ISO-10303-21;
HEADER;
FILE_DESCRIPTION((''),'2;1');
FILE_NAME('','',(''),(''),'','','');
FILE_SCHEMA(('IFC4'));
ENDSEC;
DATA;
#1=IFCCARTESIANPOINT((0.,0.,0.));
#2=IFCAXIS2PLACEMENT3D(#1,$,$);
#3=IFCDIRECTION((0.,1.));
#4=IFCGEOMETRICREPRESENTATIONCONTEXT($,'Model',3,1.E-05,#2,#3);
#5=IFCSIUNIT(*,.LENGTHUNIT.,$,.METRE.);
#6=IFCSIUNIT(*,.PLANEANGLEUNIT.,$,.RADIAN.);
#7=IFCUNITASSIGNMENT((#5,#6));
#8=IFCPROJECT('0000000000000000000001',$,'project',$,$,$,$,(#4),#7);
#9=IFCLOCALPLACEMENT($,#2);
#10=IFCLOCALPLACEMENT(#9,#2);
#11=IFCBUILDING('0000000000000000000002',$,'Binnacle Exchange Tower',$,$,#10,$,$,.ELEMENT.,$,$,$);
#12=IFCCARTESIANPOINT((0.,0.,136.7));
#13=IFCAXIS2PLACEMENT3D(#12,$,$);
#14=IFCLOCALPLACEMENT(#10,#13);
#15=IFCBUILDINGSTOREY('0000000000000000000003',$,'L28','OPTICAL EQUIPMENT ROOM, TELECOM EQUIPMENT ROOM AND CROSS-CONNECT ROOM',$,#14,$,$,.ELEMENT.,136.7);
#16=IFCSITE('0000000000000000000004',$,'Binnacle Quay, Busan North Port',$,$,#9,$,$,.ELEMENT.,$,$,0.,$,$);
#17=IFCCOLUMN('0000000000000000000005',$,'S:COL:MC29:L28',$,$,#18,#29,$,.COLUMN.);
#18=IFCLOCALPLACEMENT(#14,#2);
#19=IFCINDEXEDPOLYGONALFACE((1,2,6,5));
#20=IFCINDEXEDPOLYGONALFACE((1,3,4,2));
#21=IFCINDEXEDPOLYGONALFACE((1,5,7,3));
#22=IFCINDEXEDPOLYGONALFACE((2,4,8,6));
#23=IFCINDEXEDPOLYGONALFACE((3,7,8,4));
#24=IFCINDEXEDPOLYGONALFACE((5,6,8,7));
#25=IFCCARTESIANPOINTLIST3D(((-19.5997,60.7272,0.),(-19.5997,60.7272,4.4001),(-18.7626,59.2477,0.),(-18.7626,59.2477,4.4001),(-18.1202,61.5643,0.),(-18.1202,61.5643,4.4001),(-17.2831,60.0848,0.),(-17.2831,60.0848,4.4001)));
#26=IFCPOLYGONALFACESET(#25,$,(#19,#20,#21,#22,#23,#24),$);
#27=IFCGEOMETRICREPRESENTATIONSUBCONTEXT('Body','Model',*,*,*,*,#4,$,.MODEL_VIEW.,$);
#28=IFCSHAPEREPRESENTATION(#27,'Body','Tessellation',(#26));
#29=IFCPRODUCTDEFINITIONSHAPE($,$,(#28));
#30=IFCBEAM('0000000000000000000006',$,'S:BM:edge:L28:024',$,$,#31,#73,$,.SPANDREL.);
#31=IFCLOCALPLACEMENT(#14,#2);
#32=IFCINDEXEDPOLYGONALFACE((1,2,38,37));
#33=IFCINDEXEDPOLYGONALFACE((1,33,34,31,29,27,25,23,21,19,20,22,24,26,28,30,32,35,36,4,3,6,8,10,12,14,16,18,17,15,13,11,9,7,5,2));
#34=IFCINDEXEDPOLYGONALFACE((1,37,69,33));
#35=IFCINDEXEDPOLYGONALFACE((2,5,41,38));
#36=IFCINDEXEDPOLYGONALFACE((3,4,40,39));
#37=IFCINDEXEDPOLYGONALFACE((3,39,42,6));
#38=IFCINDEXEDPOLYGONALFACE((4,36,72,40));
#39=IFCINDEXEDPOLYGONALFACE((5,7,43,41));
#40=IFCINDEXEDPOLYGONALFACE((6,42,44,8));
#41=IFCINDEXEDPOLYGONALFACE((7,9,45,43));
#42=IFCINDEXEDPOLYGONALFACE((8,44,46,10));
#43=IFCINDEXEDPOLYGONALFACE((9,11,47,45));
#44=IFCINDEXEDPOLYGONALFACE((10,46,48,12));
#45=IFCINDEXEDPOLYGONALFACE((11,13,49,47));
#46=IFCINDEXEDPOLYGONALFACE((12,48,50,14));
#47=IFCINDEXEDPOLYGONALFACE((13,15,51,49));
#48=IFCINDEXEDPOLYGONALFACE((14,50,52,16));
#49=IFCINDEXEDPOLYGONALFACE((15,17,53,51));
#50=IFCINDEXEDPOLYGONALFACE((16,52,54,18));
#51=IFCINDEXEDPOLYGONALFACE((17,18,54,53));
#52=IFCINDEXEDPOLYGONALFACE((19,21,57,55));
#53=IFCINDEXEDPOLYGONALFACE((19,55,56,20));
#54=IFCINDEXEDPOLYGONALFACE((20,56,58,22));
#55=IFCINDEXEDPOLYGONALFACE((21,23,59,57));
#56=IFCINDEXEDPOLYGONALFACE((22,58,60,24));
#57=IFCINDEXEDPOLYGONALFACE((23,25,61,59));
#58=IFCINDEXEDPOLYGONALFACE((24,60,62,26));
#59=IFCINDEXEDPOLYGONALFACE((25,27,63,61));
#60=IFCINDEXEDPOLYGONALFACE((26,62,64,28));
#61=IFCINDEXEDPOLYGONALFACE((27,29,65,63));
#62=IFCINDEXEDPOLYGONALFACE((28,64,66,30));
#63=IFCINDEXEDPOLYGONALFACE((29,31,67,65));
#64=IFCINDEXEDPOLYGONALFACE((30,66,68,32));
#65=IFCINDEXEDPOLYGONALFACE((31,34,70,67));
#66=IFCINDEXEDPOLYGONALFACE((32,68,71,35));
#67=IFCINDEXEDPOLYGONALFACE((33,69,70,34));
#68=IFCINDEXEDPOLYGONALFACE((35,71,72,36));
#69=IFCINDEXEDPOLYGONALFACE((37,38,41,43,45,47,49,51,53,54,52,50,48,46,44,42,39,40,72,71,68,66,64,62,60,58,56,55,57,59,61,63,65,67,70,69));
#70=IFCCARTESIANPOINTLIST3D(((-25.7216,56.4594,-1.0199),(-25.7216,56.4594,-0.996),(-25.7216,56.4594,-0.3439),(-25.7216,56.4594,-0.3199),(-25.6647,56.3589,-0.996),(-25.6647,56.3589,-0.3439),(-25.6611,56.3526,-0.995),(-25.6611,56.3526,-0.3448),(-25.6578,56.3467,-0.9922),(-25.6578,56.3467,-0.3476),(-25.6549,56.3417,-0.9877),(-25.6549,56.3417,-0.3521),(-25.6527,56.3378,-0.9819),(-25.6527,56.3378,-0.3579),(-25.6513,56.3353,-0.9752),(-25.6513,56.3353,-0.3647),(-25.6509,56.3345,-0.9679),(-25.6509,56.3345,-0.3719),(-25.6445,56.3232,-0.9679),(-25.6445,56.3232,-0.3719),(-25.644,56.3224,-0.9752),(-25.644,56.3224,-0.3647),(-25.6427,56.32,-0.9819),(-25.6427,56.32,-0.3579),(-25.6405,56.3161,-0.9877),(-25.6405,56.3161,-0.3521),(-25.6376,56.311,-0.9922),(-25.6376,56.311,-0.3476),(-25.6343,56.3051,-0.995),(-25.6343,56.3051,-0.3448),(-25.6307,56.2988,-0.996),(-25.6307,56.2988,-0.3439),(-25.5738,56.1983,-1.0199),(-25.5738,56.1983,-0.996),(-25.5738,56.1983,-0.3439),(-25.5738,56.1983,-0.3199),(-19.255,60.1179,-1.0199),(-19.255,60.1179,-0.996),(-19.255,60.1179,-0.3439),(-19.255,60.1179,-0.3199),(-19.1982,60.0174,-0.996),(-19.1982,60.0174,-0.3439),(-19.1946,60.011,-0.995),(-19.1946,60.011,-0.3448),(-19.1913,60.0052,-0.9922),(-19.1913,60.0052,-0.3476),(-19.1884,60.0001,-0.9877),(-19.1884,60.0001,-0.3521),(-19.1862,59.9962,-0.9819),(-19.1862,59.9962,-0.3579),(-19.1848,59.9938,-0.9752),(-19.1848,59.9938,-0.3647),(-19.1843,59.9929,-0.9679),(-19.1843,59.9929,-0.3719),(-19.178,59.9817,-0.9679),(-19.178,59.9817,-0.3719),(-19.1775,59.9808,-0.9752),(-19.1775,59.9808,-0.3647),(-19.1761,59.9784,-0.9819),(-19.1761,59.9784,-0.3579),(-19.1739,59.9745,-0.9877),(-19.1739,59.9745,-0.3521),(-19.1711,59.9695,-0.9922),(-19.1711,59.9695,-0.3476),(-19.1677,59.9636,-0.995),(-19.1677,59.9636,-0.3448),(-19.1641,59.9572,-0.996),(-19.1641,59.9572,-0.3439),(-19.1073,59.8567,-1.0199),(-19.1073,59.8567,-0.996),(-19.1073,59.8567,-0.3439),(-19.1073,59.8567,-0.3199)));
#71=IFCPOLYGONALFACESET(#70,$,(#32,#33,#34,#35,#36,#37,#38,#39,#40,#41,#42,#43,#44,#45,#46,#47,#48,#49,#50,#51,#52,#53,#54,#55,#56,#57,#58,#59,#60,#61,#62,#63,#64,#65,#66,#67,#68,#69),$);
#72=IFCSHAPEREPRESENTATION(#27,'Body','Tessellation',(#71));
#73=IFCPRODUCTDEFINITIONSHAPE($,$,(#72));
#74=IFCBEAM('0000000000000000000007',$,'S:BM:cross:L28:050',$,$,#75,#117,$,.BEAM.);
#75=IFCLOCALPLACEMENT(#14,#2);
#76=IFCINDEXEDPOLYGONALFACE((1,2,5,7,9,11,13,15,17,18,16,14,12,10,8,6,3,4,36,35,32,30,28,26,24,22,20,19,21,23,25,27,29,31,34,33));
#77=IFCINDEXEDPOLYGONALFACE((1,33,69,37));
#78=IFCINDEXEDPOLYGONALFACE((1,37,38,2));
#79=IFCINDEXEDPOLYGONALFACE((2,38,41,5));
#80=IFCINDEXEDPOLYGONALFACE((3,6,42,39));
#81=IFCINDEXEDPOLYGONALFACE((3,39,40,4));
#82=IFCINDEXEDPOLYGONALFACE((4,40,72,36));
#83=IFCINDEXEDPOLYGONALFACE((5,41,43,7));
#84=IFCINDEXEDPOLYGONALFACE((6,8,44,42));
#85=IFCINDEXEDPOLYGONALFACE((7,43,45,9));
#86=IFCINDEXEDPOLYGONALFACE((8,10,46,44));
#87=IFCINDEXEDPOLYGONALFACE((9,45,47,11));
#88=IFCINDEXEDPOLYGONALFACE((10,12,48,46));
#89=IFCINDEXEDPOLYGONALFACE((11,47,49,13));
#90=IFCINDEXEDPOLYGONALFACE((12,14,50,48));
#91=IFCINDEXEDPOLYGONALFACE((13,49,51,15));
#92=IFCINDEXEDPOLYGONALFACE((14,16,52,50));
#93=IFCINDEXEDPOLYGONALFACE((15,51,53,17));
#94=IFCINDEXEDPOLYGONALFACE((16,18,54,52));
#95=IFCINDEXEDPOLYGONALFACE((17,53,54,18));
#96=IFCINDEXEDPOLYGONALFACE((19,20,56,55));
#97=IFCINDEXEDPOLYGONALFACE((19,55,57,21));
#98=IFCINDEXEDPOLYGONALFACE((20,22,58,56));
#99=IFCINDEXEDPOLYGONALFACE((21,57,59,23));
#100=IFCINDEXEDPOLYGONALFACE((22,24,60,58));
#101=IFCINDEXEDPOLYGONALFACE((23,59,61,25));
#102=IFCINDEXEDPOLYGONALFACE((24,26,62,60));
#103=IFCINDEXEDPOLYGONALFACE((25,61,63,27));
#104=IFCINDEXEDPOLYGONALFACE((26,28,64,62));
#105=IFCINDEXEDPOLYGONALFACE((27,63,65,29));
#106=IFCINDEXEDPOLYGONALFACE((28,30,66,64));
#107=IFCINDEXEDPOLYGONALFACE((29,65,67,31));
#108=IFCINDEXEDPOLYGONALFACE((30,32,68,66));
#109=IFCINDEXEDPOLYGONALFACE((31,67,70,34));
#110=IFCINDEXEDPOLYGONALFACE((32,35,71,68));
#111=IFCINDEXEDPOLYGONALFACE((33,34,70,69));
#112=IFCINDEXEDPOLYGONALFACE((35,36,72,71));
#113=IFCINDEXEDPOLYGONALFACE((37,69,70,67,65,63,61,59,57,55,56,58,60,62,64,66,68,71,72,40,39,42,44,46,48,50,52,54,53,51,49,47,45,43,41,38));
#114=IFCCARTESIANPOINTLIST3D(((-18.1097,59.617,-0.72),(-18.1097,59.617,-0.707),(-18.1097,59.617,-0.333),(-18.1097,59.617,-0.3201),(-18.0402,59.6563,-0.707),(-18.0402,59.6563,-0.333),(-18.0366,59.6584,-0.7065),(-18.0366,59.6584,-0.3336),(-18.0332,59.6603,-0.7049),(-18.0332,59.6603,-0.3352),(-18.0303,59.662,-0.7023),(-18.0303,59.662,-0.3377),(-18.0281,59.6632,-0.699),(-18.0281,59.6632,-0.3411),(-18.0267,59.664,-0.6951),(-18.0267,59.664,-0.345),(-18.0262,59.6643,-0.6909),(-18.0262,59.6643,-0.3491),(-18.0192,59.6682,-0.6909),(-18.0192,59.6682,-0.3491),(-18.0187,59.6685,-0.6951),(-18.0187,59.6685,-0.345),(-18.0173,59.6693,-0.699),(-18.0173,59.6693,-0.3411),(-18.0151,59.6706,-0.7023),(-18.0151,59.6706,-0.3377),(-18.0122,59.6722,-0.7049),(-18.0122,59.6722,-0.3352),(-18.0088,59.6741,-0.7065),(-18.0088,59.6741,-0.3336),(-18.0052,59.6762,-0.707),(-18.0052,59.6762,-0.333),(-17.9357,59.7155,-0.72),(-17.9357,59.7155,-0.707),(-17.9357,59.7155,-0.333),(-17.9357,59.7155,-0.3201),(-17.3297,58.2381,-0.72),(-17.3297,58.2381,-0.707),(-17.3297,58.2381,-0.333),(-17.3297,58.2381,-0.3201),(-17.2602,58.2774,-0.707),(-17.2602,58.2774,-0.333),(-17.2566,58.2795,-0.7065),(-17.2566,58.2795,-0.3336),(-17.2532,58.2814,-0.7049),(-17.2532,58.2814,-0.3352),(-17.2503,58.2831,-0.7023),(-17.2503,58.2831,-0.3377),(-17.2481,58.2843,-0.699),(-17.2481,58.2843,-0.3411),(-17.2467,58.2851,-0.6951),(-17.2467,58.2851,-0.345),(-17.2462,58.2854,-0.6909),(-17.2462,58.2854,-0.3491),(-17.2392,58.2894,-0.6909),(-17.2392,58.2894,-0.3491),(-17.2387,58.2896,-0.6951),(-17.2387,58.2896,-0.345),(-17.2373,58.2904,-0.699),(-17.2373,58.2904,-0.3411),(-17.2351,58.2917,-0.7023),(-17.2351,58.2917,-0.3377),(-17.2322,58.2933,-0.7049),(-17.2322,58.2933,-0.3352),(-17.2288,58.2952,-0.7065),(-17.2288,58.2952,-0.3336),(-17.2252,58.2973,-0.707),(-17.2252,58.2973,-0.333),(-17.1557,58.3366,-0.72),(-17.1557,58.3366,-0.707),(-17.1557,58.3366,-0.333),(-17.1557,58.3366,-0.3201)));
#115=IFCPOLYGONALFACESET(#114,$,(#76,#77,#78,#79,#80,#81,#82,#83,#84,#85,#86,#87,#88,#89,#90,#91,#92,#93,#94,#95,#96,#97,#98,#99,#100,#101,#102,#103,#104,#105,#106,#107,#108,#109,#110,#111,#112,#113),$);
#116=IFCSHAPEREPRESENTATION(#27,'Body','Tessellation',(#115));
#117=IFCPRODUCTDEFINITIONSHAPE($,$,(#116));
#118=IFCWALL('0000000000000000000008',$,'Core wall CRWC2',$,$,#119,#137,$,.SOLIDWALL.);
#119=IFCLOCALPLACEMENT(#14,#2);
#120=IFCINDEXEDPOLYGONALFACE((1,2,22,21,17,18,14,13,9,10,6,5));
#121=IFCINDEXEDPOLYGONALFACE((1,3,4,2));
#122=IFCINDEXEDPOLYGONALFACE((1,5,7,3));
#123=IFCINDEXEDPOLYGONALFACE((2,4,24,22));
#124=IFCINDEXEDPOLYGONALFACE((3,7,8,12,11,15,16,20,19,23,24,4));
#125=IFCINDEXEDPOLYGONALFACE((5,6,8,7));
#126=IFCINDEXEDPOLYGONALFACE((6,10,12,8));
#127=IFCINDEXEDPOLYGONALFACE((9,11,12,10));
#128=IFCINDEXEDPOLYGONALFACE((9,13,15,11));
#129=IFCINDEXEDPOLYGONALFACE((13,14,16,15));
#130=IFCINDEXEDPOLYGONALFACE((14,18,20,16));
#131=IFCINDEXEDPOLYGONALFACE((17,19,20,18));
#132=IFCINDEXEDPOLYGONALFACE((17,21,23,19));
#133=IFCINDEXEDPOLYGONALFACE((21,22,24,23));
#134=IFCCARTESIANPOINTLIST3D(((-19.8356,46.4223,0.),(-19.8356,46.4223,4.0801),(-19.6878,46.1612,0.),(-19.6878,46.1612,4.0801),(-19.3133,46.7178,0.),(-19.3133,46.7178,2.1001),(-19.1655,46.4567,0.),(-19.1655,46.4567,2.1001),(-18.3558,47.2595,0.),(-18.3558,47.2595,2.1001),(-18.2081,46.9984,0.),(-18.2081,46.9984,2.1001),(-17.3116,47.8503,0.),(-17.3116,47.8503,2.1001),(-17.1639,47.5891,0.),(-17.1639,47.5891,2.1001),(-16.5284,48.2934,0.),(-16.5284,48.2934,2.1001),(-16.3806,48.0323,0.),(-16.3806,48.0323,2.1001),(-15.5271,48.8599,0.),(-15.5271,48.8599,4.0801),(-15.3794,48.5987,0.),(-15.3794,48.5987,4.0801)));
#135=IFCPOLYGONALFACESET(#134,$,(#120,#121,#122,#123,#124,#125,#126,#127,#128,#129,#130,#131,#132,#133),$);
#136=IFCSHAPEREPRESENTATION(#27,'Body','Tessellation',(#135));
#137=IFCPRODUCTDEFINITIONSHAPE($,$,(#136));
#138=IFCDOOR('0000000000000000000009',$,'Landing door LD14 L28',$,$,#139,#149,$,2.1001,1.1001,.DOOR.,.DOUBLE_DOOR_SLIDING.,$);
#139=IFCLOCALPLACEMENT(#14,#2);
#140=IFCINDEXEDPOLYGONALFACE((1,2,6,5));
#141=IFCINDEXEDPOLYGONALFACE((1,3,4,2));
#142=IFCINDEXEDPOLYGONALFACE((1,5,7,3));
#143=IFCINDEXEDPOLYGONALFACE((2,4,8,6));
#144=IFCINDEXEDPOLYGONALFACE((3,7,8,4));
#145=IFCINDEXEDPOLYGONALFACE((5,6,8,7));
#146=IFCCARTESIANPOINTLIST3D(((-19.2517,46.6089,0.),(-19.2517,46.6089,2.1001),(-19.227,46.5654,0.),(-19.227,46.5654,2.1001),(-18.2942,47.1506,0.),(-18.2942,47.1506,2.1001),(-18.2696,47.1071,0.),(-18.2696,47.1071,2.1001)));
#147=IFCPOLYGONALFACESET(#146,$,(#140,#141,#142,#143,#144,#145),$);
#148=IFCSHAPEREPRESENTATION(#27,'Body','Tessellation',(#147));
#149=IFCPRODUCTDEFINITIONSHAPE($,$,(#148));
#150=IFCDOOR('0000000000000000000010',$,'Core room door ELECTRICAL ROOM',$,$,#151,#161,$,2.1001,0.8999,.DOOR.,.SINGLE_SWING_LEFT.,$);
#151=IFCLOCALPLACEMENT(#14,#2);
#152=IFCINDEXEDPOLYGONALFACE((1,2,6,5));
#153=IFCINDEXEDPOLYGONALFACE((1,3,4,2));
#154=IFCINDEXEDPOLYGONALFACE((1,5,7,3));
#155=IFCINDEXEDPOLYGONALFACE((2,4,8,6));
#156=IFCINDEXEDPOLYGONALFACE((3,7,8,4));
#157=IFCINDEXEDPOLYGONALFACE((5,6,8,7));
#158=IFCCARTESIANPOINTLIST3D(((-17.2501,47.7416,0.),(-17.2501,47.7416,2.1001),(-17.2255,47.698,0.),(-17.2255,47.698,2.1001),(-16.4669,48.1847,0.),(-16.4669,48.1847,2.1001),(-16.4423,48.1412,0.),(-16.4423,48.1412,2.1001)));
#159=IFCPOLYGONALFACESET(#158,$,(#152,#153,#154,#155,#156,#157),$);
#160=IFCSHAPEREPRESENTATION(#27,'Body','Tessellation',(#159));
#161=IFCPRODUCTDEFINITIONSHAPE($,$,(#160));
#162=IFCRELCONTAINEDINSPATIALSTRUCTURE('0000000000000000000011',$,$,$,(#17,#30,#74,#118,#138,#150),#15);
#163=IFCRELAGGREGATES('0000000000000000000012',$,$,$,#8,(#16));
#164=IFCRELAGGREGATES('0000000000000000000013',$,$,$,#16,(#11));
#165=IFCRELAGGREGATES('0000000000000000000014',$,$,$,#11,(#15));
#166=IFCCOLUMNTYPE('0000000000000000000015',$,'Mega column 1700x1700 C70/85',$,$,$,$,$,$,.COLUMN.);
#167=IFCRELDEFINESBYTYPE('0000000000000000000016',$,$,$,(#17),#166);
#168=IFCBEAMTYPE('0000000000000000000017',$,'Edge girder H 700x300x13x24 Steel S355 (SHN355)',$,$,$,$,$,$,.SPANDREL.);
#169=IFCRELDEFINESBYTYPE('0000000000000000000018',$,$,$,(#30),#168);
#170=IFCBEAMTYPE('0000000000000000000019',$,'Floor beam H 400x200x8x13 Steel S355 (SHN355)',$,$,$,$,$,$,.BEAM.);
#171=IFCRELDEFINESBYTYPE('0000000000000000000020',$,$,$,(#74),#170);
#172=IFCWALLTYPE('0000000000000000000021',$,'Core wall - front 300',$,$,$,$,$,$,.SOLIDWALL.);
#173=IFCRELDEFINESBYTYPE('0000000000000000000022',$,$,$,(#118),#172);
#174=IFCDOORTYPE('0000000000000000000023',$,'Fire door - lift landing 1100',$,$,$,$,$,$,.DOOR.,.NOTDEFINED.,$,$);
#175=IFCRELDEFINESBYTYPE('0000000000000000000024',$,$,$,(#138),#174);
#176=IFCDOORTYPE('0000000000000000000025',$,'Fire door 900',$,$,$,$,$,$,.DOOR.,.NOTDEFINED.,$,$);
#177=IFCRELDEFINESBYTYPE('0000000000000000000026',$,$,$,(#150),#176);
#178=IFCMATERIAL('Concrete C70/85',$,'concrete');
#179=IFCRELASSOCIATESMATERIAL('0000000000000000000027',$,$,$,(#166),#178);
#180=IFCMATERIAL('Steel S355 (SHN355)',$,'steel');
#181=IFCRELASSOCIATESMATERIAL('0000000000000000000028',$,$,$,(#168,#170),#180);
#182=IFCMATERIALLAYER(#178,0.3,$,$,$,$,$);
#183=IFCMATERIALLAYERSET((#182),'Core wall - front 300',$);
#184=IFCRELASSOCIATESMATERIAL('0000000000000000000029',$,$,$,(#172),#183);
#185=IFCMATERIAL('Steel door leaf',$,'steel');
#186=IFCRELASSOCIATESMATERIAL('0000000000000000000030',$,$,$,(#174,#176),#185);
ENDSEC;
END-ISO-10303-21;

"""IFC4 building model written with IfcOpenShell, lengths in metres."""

from ifc_helpers import new_model, si_unit, direction, frame, frame_2d, origin, origin_2d, place, context, subcontext, project, spatial, rectangle, i_section, extrude, material, layer, layer_set, material_profile, profile_set, type_object, element, fill, save


model = new_model("IFC4")

# Units and contexts
model_context = context("Model", 3, precision=1e-05, world=origin(), true_north=direction((0.0, 1.0)))
body_context = subcontext(model_context, "Body", "Model", "MODEL_VIEW")
ifc_project = project(units=[si_unit("LENGTHUNIT", "METRE"), si_unit("PLANEANGLEUNIT", "RADIAN")], contexts=[model_context])

# Site, building, storey
site_placement = place(None, origin())
site = spatial("IfcSite", under=ifc_project, at=site_placement, Name="Binnacle Quay, Busan North Port", CompositionType="ELEMENT", RefElevation=0.0)
building_placement = place(site_placement, origin())
building = spatial("IfcBuilding", under=site, at=building_placement, Name="Binnacle Exchange Tower", CompositionType="ELEMENT")
storey_placement = place(building_placement, frame((0.0, 0.0, 136.7)))
storey = spatial("IfcBuildingStorey", under=building, at=storey_placement, Name="L28", Description="OPTICAL EQUIPMENT ROOM, TELECOM EQUIPMENT ROOM AND CROSS-CONNECT ROOM", CompositionType="ELEMENT", Elevation=136.7)

# Column
ifc_material_1 = material(Name="Concrete C70/85", Category="concrete")
ifc_material_profile_1 = material_profile(ifc_material_1, rectangle(XDim=1.7, YDim=1.7, at=origin_2d()), Name="Mega column 1700x1700 C70/85")
ifc_profile_set_1 = profile_set([ifc_material_profile_1], Name="Concrete C70/85")
column_type = type_object("IfcColumnType", Name="Mega column 1700x1700 C70/85", PredefinedType="COLUMN", material=ifc_profile_set_1)
column_placement = place(storey_placement, frame((-18.4414, 60.406, 0.0), z_axis=(0.0, 0.0, 1.0), x_axis=(-0.870356, -0.492424, 0.0)))
element("IfcColumn", 1, at=column_placement, inside=storey, type_object=column_type, Name="S:COL:MC29:L28", PredefinedType="COLUMN", context=body_context, shape_type="SweptSolid", body=[
    extrude(rectangle(XDim=1.7, YDim=1.7, at=origin_2d()), origin(), (0.0, 0.0, 1.0), 4.4001),
])

# Beams
ifc_material_2 = material(Name="Steel S355 (SHN355)", Category="steel")
ifc_material_profile_2 = material_profile(ifc_material_2, i_section(OverallWidth=0.3, OverallDepth=0.7, WebThickness=0.0129, FlangeThickness=0.0239, FilletRadius=0.0281, at=origin_2d()), Name="H 700x300x13x24")
ifc_profile_set_2 = profile_set([ifc_material_profile_2], Name="Steel S355 (SHN355)")
beam_type_1 = type_object("IfcBeamType", Name="Edge girder H 700x300x13x24 Steel S355 (SHN355)", PredefinedType="SPANDREL", material=ifc_profile_set_2)
beam_1_placement = place(storey_placement, frame((-19.1812, 59.9873, -0.6699), z_axis=(-0.870364, -0.492408, 0.0), x_axis=(0.492408, -0.870364, 0.0)))
element("IfcBeam", 2, at=beam_1_placement, inside=storey, type_object=beam_type_1, Name="S:BM:edge:L28:024", PredefinedType="SPANDREL", context=body_context, shape_type="SweptSolid", body=[
    extrude(i_section(OverallWidth=0.3, OverallDepth=0.7, WebThickness=0.0129, FlangeThickness=0.0239, FilletRadius=0.0281, at=origin_2d()), origin(), (0.0, 0.0, 1.0), 7.4297),
])
ifc_material_profile_3 = material_profile(ifc_material_2, i_section(OverallWidth=0.2, OverallDepth=0.3999, WebThickness=0.0081, FlangeThickness=0.0129, FilletRadius=0.0161, at=origin_2d()), Name="H 400x200x8x13")
ifc_profile_set_3 = profile_set([ifc_material_profile_3], Name="Steel S355 (SHN355)")
beam_type_2 = type_object("IfcBeamType", Name="Floor beam H 400x200x8x13 Steel S355 (SHN355)", PredefinedType="BEAM", material=ifc_profile_set_3)
beam_2_placement = place(storey_placement, frame((-18.0227, 59.6663, -0.52), z_axis=(0.492367, -0.870388, 0.0), x_axis=(0.870388, 0.492367, 0.0)))
element("IfcBeam", 3, at=beam_2_placement, inside=storey, type_object=beam_type_2, Name="S:BM:cross:L28:050", PredefinedType="BEAM", context=body_context, shape_type="SweptSolid", body=[
    extrude(i_section(OverallWidth=0.2, OverallDepth=0.3999, WebThickness=0.0081, FlangeThickness=0.0129, FilletRadius=0.0161, at=origin_2d()), origin(), (0.0, 0.0, 1.0), 1.5842),
])

# Wall, openings, doors
ifc_layer_1 = layer(ifc_material_1, 0.3)
ifc_layer_set_1 = layer_set([ifc_layer_1], Name="Core wall - front 300")
wall_type_1 = type_object("IfcWallType", Name="Core wall - front 300", PredefinedType="SOLIDWALL", material=ifc_layer_set_1)
wall_1_placement = place(storey_placement, frame((-19.7617, 46.2917, 0.0), z_axis=(0.0, 0.0, 1.0), x_axis=(0.87036, 0.492416, 0.0)))
wall_1 = element("IfcWall", 4, at=wall_1_placement, inside=storey, type_object=wall_type_1, Name="Core wall CRWC2", PredefinedType="SOLIDWALL", context=body_context, shape_type="SweptSolid", body=[
    extrude(rectangle(XDim=4.9502, YDim=0.3, at=frame_2d((2.4751, 0.0))), origin(), (0.0, 0.0, 1.0), 4.0801),
])
opening_1_placement = place(wall_1_placement, frame((0.6001, 0.0, 0.0)))
opening_1 = element("IfcOpeningElement", 5, at=opening_1_placement, cuts=wall_1, PredefinedType="OPENING", context=body_context, shape_type="SweptSolid", body=[
    extrude(rectangle(XDim=1.1001, YDim=2.1001, at=frame_2d((0.55, 1.05))), frame((0.0, 0.1599, 0.0), z_axis=(0.0, -1.0, 0.0), x_axis=(1.0, 0.0, 0.0)), (0.0, 0.0, 1.0), 0.3201),
])
opening_2_placement = place(wall_1_placement, frame((2.8999, 0.0, 0.0)))
opening_2 = element("IfcOpeningElement", 6, at=opening_2_placement, cuts=wall_1, PredefinedType="OPENING", context=body_context, shape_type="SweptSolid", body=[
    extrude(rectangle(XDim=0.8999, YDim=2.1001, at=frame_2d((0.45, 1.05))), frame((0.0, 0.1599, 0.0), z_axis=(0.0, -1.0, 0.0), x_axis=(1.0, 0.0, 0.0)), (0.0, 0.0, 1.0), 0.3201),
])
ifc_material_3 = material(Name="Steel door leaf", Category="steel")
door_type_1 = type_object("IfcDoorType", Name="Fire door - lift landing 1100", OperationType="NOTDEFINED", PredefinedType="DOOR", material=ifc_material_3)
door_1_placement = place(opening_1_placement, origin())
door_1 = element("IfcDoor", 7, at=door_1_placement, inside=storey, type_object=door_type_1, Name="Landing door LD14 L28", OperationType="DOUBLE_DOOR_SLIDING", OverallHeight=2.1001, OverallWidth=1.1001, PredefinedType="DOOR", context=body_context, shape_type="SweptSolid", body=[
    extrude(rectangle(XDim=1.1001, YDim=2.1001, at=frame_2d((0.55, 1.05))), frame((0.0, 0.0249, 0.0), z_axis=(0.0, -1.0, 0.0), x_axis=(1.0, 0.0, 0.0)), (0.0, 0.0, 1.0), 0.05),
])
fill(opening_1, door_1)
door_type_2 = type_object("IfcDoorType", Name="Fire door 900", OperationType="NOTDEFINED", PredefinedType="DOOR", material=ifc_material_3)
door_2_placement = place(opening_2_placement, frame((0.8999, 0.0, 0.0), z_axis=(0.0, 0.0, 1.0), x_axis=(-1.0, 0.0, 0.0)))
door_2 = element("IfcDoor", 8, at=door_2_placement, inside=storey, type_object=door_type_2, Name="Core room door ELECTRICAL ROOM", OperationType="SINGLE_SWING_LEFT", OverallHeight=2.1001, OverallWidth=0.8999, PredefinedType="DOOR", context=body_context, shape_type="SweptSolid", body=[
    extrude(rectangle(XDim=0.8999, YDim=2.1001, at=frame_2d((0.45, 1.05))), frame((0.0, 0.0249, 0.0), z_axis=(0.0, -1.0, 0.0), x_axis=(1.0, 0.0, 0.0)), (0.0, 0.0, 1.0), 0.05),
])
fill(opening_2, door_2)

save(model, "model.ifc")
